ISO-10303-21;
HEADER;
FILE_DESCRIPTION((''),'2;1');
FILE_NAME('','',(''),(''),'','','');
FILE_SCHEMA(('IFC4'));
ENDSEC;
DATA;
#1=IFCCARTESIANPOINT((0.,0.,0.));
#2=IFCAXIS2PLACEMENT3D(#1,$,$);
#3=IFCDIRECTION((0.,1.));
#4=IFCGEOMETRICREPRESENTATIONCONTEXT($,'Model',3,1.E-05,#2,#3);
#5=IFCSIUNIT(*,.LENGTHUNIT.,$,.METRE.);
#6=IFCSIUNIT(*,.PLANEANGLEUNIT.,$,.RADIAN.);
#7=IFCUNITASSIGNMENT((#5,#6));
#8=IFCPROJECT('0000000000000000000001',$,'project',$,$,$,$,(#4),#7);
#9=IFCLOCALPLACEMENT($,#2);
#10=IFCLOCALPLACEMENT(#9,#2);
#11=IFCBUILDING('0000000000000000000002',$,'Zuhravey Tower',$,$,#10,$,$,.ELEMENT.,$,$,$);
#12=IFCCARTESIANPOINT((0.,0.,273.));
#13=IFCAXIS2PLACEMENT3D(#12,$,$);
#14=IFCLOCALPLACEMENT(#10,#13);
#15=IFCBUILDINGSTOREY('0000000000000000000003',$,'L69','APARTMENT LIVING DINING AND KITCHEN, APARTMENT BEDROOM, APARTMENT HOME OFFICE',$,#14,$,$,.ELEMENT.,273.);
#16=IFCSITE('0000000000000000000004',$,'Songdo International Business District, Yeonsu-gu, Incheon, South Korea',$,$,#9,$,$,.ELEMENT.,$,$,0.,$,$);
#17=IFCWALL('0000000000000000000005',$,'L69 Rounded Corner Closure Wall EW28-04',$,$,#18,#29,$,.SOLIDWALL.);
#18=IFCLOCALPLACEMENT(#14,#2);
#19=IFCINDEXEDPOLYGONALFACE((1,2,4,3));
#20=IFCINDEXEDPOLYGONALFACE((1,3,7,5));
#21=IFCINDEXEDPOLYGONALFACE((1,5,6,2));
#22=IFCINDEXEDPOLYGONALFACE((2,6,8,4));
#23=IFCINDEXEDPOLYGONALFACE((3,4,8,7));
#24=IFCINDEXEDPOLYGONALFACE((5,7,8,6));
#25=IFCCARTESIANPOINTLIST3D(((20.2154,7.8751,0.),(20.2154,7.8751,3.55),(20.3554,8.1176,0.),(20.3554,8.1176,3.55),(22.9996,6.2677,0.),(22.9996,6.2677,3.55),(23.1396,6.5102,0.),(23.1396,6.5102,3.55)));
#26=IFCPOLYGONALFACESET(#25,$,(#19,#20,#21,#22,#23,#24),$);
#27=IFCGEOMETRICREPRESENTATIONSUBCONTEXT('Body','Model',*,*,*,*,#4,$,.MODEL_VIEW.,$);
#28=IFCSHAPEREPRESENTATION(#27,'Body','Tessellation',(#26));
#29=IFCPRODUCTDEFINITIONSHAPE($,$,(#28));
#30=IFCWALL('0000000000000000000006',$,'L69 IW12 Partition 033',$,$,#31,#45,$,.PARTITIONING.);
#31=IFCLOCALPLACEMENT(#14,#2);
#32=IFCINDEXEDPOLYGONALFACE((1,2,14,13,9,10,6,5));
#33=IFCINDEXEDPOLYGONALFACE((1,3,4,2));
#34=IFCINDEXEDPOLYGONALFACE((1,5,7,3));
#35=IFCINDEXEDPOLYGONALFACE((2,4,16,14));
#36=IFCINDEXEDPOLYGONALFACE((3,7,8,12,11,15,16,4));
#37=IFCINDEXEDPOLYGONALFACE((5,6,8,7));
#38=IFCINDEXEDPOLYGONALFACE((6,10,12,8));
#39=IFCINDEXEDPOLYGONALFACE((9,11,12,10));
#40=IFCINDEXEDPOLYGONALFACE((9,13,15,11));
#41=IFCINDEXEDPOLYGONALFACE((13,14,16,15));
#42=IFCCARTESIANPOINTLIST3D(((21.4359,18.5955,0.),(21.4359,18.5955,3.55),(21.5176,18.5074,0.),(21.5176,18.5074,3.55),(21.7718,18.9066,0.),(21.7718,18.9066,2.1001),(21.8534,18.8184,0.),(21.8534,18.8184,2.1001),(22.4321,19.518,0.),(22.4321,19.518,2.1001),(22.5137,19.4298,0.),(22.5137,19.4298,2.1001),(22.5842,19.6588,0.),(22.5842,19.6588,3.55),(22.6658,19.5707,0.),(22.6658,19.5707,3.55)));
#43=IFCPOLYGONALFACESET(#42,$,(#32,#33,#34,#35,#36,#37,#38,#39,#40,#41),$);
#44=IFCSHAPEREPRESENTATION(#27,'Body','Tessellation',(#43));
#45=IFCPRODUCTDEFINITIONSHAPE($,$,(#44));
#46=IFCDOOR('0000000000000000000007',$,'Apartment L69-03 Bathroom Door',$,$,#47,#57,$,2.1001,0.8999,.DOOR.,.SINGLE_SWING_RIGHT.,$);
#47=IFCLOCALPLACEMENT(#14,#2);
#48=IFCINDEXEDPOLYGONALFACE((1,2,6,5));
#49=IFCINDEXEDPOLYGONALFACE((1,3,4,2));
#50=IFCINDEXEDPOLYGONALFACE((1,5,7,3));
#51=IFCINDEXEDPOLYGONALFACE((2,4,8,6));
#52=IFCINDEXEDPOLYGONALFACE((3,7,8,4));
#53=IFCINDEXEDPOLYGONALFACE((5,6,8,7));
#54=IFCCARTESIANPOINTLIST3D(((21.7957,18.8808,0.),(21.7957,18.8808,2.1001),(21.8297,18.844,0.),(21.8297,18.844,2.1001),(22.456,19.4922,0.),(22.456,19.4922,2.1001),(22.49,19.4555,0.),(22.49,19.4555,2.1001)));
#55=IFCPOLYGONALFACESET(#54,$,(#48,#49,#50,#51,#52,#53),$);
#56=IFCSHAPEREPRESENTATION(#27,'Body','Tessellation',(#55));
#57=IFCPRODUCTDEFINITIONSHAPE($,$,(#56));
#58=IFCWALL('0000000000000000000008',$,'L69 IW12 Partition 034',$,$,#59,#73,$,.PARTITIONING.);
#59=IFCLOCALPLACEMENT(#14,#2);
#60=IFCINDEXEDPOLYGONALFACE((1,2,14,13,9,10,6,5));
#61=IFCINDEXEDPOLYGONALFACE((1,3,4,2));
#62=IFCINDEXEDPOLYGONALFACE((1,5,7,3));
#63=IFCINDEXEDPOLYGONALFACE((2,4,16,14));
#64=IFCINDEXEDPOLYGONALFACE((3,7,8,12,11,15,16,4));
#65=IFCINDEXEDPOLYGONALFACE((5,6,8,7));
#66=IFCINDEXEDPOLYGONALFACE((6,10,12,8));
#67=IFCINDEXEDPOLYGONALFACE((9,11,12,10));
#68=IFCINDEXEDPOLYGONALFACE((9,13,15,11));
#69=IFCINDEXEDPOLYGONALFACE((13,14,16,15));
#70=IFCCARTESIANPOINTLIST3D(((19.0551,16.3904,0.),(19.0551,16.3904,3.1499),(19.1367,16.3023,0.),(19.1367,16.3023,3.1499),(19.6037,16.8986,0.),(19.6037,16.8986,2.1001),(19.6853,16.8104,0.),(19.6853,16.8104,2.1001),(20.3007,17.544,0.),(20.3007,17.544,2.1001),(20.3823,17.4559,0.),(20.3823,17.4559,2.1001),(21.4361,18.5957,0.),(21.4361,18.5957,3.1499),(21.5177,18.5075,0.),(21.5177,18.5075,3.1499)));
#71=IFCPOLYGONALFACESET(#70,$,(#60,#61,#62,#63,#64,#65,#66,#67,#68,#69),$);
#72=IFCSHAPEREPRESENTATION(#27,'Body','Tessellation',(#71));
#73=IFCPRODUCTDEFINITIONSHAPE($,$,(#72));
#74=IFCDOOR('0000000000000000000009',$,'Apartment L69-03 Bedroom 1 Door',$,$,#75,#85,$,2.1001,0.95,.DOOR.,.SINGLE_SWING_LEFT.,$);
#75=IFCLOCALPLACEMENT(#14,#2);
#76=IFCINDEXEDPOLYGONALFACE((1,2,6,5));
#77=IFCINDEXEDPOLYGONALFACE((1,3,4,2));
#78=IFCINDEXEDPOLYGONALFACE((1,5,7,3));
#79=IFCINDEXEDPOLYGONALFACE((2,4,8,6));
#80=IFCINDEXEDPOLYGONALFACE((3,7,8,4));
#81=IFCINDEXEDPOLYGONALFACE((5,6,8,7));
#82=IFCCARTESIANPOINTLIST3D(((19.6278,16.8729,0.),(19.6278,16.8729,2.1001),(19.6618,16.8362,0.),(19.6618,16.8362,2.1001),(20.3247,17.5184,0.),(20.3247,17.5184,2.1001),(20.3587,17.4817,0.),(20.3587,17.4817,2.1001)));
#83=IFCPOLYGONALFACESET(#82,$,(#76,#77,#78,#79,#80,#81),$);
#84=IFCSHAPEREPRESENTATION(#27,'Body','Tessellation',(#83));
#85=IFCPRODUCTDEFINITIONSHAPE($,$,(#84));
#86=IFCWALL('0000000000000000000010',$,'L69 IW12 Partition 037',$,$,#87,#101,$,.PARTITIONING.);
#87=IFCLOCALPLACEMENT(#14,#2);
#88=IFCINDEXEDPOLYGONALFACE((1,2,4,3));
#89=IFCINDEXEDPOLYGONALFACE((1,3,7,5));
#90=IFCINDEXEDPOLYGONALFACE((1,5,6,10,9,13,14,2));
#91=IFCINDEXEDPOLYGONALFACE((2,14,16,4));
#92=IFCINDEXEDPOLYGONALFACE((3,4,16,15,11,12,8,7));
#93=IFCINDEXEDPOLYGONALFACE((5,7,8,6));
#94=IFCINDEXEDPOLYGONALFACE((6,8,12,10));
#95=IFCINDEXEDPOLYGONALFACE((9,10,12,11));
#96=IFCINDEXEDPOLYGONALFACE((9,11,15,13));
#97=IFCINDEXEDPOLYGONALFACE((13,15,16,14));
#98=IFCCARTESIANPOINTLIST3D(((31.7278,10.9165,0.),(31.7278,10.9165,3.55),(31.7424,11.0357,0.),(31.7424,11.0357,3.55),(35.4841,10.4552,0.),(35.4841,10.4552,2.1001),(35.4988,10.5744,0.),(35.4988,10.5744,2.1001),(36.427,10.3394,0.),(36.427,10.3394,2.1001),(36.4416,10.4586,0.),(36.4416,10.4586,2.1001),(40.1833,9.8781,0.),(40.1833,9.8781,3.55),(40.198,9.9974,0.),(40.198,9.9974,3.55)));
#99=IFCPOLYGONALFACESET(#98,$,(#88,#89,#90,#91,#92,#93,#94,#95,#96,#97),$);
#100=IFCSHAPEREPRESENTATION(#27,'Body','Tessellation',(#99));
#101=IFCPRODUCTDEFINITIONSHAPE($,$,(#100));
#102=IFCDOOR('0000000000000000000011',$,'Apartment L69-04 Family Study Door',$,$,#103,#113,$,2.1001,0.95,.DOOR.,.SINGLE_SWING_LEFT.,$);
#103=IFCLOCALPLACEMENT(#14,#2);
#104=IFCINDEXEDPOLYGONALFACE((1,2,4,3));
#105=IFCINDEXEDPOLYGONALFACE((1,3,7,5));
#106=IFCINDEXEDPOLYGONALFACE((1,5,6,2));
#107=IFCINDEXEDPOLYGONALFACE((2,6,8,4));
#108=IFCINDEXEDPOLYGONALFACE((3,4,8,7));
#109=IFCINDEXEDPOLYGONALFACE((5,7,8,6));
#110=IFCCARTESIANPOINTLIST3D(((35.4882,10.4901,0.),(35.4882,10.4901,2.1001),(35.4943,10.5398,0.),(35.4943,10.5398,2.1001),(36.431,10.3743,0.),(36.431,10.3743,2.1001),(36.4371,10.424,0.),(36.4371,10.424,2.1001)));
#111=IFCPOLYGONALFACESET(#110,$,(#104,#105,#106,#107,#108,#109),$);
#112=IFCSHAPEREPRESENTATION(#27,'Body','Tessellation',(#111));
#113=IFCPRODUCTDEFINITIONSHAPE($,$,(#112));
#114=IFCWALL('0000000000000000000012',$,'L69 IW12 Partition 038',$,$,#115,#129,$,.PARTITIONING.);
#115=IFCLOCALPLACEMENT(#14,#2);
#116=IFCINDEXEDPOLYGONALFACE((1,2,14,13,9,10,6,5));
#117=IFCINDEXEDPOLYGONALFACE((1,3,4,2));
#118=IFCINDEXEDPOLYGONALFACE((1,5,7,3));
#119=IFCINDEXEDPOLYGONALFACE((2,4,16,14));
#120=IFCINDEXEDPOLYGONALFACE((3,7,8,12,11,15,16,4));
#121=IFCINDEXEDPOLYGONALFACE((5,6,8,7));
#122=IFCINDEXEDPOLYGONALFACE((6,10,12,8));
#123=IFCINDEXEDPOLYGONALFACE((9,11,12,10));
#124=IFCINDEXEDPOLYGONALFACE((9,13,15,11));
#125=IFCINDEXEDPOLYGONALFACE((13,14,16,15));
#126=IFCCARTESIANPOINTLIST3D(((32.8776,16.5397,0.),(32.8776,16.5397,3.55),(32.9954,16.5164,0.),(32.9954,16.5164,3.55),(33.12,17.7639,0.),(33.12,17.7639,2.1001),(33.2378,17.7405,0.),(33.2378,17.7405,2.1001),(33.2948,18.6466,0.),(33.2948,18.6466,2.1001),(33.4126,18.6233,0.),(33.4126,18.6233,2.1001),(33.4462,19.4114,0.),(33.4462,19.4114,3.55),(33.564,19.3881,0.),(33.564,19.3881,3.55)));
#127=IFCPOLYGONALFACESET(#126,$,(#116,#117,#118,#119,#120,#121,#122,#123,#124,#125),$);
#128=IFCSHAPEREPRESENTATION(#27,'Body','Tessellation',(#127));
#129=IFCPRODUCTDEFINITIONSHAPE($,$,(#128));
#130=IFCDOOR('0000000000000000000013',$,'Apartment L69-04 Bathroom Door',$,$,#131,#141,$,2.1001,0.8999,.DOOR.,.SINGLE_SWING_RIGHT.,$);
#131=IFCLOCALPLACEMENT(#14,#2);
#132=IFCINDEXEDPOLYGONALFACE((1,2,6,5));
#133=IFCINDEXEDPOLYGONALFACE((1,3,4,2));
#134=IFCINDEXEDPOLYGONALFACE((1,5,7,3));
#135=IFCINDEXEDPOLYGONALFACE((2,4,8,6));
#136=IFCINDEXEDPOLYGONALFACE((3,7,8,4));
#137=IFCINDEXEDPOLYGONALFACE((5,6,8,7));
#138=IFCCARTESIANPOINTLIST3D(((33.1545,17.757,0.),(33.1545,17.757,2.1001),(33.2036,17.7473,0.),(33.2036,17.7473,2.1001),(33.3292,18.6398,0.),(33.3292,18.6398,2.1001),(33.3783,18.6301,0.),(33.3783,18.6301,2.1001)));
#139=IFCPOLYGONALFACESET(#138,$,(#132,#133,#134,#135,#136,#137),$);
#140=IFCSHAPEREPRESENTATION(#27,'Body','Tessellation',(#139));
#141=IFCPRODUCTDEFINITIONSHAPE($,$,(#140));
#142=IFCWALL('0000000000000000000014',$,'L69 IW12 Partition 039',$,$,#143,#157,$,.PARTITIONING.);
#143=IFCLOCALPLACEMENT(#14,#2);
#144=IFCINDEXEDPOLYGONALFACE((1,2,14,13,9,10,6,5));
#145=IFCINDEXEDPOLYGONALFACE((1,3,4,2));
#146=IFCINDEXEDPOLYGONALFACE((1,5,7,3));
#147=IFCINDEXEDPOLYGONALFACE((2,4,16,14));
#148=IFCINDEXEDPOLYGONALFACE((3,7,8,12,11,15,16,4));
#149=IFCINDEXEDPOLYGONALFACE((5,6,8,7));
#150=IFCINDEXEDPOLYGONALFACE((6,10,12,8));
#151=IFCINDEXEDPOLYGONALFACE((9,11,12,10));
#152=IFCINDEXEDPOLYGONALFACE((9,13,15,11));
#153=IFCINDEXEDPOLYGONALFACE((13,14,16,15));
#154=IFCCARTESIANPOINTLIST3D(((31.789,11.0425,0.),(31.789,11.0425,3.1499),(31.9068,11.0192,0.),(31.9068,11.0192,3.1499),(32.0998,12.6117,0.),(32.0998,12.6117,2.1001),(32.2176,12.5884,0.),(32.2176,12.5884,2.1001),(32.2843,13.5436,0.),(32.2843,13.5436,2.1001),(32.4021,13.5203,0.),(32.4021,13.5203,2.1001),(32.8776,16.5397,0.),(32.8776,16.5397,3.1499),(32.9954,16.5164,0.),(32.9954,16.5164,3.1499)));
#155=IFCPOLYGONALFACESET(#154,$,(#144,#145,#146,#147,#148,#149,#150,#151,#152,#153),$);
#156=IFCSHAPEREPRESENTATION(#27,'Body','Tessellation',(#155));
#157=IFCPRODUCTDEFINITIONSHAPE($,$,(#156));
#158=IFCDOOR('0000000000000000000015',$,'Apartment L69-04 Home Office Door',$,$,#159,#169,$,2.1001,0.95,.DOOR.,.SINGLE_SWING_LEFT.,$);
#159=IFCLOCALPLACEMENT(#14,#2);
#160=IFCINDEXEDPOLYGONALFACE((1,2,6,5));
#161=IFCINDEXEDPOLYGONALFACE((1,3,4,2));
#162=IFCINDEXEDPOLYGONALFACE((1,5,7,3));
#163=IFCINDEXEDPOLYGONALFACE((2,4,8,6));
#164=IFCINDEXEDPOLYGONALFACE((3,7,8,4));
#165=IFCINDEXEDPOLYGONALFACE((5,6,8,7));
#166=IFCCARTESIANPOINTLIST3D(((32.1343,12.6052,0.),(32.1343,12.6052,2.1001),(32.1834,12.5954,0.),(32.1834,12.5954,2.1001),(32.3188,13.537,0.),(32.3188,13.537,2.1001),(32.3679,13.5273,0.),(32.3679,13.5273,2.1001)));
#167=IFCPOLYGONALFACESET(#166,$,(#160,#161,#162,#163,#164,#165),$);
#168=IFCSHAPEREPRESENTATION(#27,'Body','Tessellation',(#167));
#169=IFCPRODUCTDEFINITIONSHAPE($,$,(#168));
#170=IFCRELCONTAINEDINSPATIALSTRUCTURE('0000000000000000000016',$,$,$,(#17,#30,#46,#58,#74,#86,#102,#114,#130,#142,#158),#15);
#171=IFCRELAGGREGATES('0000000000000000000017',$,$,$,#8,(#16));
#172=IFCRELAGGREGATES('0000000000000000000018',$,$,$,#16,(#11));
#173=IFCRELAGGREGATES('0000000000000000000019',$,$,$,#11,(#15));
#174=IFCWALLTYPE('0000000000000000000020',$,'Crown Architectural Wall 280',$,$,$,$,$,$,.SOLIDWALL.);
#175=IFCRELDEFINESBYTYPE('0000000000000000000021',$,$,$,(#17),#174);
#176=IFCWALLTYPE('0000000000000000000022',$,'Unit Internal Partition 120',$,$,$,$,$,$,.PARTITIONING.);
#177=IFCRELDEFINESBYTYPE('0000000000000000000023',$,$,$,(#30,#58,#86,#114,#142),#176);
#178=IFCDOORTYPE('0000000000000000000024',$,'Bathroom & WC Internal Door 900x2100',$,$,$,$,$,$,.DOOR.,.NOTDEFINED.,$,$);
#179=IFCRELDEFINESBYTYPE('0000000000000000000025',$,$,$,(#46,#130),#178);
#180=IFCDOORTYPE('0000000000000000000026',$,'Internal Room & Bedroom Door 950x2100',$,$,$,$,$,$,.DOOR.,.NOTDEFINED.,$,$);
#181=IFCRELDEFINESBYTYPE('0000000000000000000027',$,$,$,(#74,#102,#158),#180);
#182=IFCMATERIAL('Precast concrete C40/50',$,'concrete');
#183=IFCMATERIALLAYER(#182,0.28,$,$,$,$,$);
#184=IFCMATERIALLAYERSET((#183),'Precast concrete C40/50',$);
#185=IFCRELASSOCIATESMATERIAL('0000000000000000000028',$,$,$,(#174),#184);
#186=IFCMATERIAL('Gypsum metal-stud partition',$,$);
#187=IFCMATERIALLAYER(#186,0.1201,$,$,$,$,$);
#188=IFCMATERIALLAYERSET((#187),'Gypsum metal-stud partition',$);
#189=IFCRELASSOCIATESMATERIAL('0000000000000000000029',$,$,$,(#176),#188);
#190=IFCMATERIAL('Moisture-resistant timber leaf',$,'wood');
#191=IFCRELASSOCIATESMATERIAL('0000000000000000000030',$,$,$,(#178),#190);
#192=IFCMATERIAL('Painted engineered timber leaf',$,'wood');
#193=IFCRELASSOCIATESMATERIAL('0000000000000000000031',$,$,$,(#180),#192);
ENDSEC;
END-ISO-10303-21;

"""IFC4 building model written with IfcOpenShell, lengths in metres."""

from ifc_helpers import new_model, si_unit, direction, frame, frame_2d, origin, place, context, subcontext, project, spatial, rectangle, extrude, material, layer, layer_set, type_object, element, fill, save


model = new_model("IFC4")

# Units and contexts
model_context = context("Model", 3, precision=1e-05, world=origin(), true_north=direction((0.0, 1.0)))
body_context = subcontext(model_context, "Body", "Model", "MODEL_VIEW")
ifc_project = project(units=[si_unit("LENGTHUNIT", "METRE"), si_unit("PLANEANGLEUNIT", "RADIAN")], contexts=[model_context])

# Site, building, storey
site_placement = place(None, origin())
site = spatial("IfcSite", under=ifc_project, at=site_placement, Name="Songdo International Business District, Yeonsu-gu, Incheon, South Korea", CompositionType="ELEMENT", RefElevation=0.0)
building_placement = place(site_placement, origin())
building = spatial("IfcBuilding", under=site, at=building_placement, Name="Zuhravey Tower", CompositionType="ELEMENT")
storey_placement = place(building_placement, frame((0.0, 0.0, 273.0)))
storey = spatial("IfcBuildingStorey", under=building, at=storey_placement, Name="L69", Description="APARTMENT LIVING DINING AND KITCHEN, APARTMENT BEDROOM, APARTMENT HOME OFFICE", CompositionType="ELEMENT", Elevation=273.0)

# Wall
ifc_material_1 = material(Name="Precast concrete C40/50", Category="concrete")
ifc_layer_1 = layer(ifc_material_1, 0.28)
ifc_layer_set_1 = layer_set([ifc_layer_1], Name="Precast concrete C40/50")
wall_type_1 = type_object("IfcWallType", Name="Crown Architectural Wall 280", PredefinedType="SOLIDWALL", material=ifc_layer_set_1)
wall_1_placement = place(storey_placement, frame((23.0696, 6.3889, 0.0), z_axis=(0.0, 0.0, 1.0), x_axis=(-0.866029, 0.499994, 0.0)))
element("IfcWall", 1, at=wall_1_placement, inside=storey, type_object=wall_type_1, Name="L69 Rounded Corner Closure Wall EW28-04", PredefinedType="SOLIDWALL", context=body_context, shape_type="SweptSolid", body=[
    extrude(rectangle(XDim=3.2148, YDim=0.28, at=frame_2d((1.6074, 0.0))), origin(), (0.0, 0.0, 1.0), 3.55),
])

# Walls, openings, doors
ifc_material_2 = material(Name="Gypsum metal-stud partition")
ifc_layer_2 = layer(ifc_material_2, 0.1201)
ifc_layer_set_2 = layer_set([ifc_layer_2], Name="Gypsum metal-stud partition")
wall_type_2 = type_object("IfcWallType", Name="Unit Internal Partition 120", PredefinedType="PARTITIONING", material=ifc_layer_set_2)
wall_2_placement = place(storey_placement, frame((22.625, 19.6147, 0.0), z_axis=(0.0, 0.0, 1.0), x_axis=(-0.733732, -0.679439, 0.0)))
wall_2 = element("IfcWall", 2, at=wall_2_placement, inside=storey, type_object=wall_type_2, Name="L69 IW12 Partition 033", PredefinedType="PARTITIONING", context=body_context, shape_type="SweptSolid", body=[
    extrude(rectangle(XDim=1.5649, YDim=0.1201, at=frame_2d((0.7825, 0.0))), origin(), (0.0, 0.0, 1.0), 3.55),
])
opening_1_placement = place(wall_2_placement, frame((0.2073, 0.0, 0.0)))
opening_1 = element("IfcOpeningElement", 3, at=opening_1_placement, cuts=wall_2, PredefinedType="OPENING", context=body_context, shape_type="SweptSolid", body=[
    extrude(rectangle(XDim=0.8999, YDim=2.1001, at=frame_2d((0.45, 1.05))), frame((0.0, 0.072, 0.0), z_axis=(0.0, -1.0, 0.0), x_axis=(1.0, 0.0, 0.0)), (0.0, 0.0, 1.0), 0.144),
])
ifc_material_3 = material(Name="Moisture-resistant timber leaf", Category="wood")
door_type_1 = type_object("IfcDoorType", Name="Bathroom & WC Internal Door 900x2100", OperationType="NOTDEFINED", PredefinedType="DOOR", material=ifc_material_3)
door_1_placement = place(opening_1_placement, frame((0.8999, 0.0, 0.0), z_axis=(0.0, 0.0, 1.0), x_axis=(-1.0, 0.0, 0.0)))
door_1 = element("IfcDoor", 4, at=door_1_placement, inside=storey, type_object=door_type_1, Name="Apartment L69-03 Bathroom Door", OperationType="SINGLE_SWING_RIGHT", OverallHeight=2.1001, OverallWidth=0.8999, PredefinedType="DOOR", context=body_context, shape_type="SweptSolid", body=[
    extrude(rectangle(XDim=0.8999, YDim=2.1001, at=frame_2d((0.45, 1.05))), frame((0.0, 0.0249, 0.0), z_axis=(0.0, -1.0, 0.0), x_axis=(1.0, 0.0, 0.0)), (0.0, 0.0, 1.0), 0.05),
])
fill(opening_1, door_1)
wall_3_placement = place(storey_placement, frame((21.4768, 18.5515, 0.0), z_axis=(0.0, 0.0, 1.0), x_axis=(-0.733669, -0.679507, 0.0)))
wall_3 = element("IfcWall", 5, at=wall_3_placement, inside=storey, type_object=wall_type_2, Name="L69 IW12 Partition 034", PredefinedType="PARTITIONING", context=body_context, shape_type="SweptSolid", body=[
    extrude(rectangle(XDim=3.2454, YDim=0.1201, at=frame_2d((1.6226, 0.0))), origin(), (0.0, 0.0, 1.0), 3.1499),
])
opening_2_placement = place(wall_3_placement, frame((1.5474, 0.0, 0.0)))
opening_2 = element("IfcOpeningElement", 6, at=opening_2_placement, cuts=wall_3, PredefinedType="OPENING", context=body_context, shape_type="SweptSolid", body=[
    extrude(rectangle(XDim=0.95, YDim=2.1001, at=frame_2d((0.4751, 1.05))), frame((0.0, 0.072, 0.0), z_axis=(0.0, -1.0, 0.0), x_axis=(1.0, 0.0, 0.0)), (0.0, 0.0, 1.0), 0.144),
])
ifc_material_4 = material(Name="Painted engineered timber leaf", Category="wood")
door_type_2 = type_object("IfcDoorType", Name="Internal Room & Bedroom Door 950x2100", OperationType="NOTDEFINED", PredefinedType="DOOR", material=ifc_material_4)
door_2_placement = place(opening_2_placement, frame((0.95, 0.0, 0.0), z_axis=(0.0, 0.0, 1.0), x_axis=(-1.0, 0.0, 0.0)))
door_2 = element("IfcDoor", 7, at=door_2_placement, inside=storey, type_object=door_type_2, Name="Apartment L69-03 Bedroom 1 Door", OperationType="SINGLE_SWING_LEFT", OverallHeight=2.1001, OverallWidth=0.95, PredefinedType="DOOR", context=body_context, shape_type="SweptSolid", body=[
    extrude(rectangle(XDim=0.95, YDim=2.1001, at=frame_2d((0.4751, 1.05))), frame((0.0, 0.0249, 0.0), z_axis=(0.0, -1.0, 0.0), x_axis=(1.0, 0.0, 0.0)), (0.0, 0.0, 1.0), 0.05),
])
fill(opening_2, door_2)
wall_4_placement = place(storey_placement, frame((31.7351, 10.9761, 0.0), z_axis=(0.0, 0.0, 1.0), x_axis=(0.992544, -0.121883, 0.0)))
wall_4 = element("IfcWall", 8, at=wall_4_placement, inside=storey, type_object=wall_type_2, Name="L69 IW12 Partition 037", PredefinedType="PARTITIONING", context=body_context, shape_type="SweptSolid", body=[
    extrude(rectangle(XDim=8.519, YDim=0.1201, at=frame_2d((4.2595, 0.0))), origin(), (0.0, 0.0, 1.0), 3.55),
])
opening_3_placement = place(wall_4_placement, frame((3.7844, 0.0, 0.0)))
opening_3 = element("IfcOpeningElement", 9, at=opening_3_placement, cuts=wall_4, PredefinedType="OPENING", context=body_context, shape_type="SweptSolid", body=[
    extrude(rectangle(XDim=0.95, YDim=2.1001, at=frame_2d((0.4751, 1.05))), frame((0.0, 0.072, 0.0), z_axis=(0.0, -1.0, 0.0), x_axis=(1.0, 0.0, 0.0)), (0.0, 0.0, 1.0), 0.144),
])
door_3_placement = place(opening_3_placement, frame((0.95, 0.0, 0.0), z_axis=(0.0, 0.0, 1.0), x_axis=(-1.0, 0.0, 0.0)))
door_3 = element("IfcDoor", 10, at=door_3_placement, inside=storey, type_object=door_type_2, Name="Apartment L69-04 Family Study Door", OperationType="SINGLE_SWING_LEFT", OverallHeight=2.1001, OverallWidth=0.95, PredefinedType="DOOR", context=body_context, shape_type="SweptSolid", body=[
    extrude(rectangle(XDim=0.95, YDim=2.1001, at=frame_2d((0.4751, 1.05))), frame((0.0, 0.0249, 0.0), z_axis=(0.0, -1.0, 0.0), x_axis=(1.0, 0.0, 0.0)), (0.0, 0.0, 1.0), 0.05),
])
fill(opening_3, door_3)
wall_5_placement = place(storey_placement, frame((33.5051, 19.3999, 0.0), z_axis=(0.0, 0.0, 1.0), x_axis=(-0.194223, -0.980957, 0.0)))
wall_5 = element("IfcWall", 11, at=wall_5_placement, inside=storey, type_object=wall_type_2, Name="L69 IW12 Partition 038", PredefinedType="PARTITIONING", context=body_context, shape_type="SweptSolid", body=[
    extrude(rectangle(XDim=2.9275, YDim=0.1201, at=frame_2d((1.4639, 0.0))), origin(), (0.0, 0.0, 1.0), 3.55),
])
opening_4_placement = place(wall_5_placement, frame((0.7798, 0.0, 0.0)))
opening_4 = element("IfcOpeningElement", 12, at=opening_4_placement, cuts=wall_5, PredefinedType="OPENING", context=body_context, shape_type="SweptSolid", body=[
    extrude(rectangle(XDim=0.8999, YDim=2.1001, at=frame_2d((0.45, 1.05))), frame((0.0, 0.072, 0.0), z_axis=(0.0, -1.0, 0.0), x_axis=(1.0, 0.0, 0.0)), (0.0, 0.0, 1.0), 0.144),
])
door_4_placement = place(opening_4_placement, frame((0.8999, 0.0, 0.0), z_axis=(0.0, 0.0, 1.0), x_axis=(-1.0, 0.0, 0.0)))
door_4 = element("IfcDoor", 13, at=door_4_placement, inside=storey, type_object=door_type_1, Name="Apartment L69-04 Bathroom Door", OperationType="SINGLE_SWING_RIGHT", OverallHeight=2.1001, OverallWidth=0.8999, PredefinedType="DOOR", context=body_context, shape_type="SweptSolid", body=[
    extrude(rectangle(XDim=0.8999, YDim=2.1001, at=frame_2d((0.45, 1.05))), frame((0.0, 0.0249, 0.0), z_axis=(0.0, -1.0, 0.0), x_axis=(1.0, 0.0, 0.0)), (0.0, 0.0, 1.0), 0.05),
])
fill(opening_4, door_4)
wall_6_placement = place(storey_placement, frame((32.9365, 16.5281, 0.0), z_axis=(0.0, 0.0, 1.0), x_axis=(-0.194256, -0.980951, 0.0)))
wall_6 = element("IfcWall", 14, at=wall_6_placement, inside=storey, type_object=wall_type_2, Name="L69 IW12 Partition 039", PredefinedType="PARTITIONING", context=body_context, shape_type="SweptSolid", body=[
    extrude(rectangle(XDim=5.604, YDim=0.1201, at=frame_2d((2.802, 0.0))), origin(), (0.0, 0.0, 1.0), 3.1499),
])
opening_5_placement = place(wall_6_placement, frame((3.0542, 0.0, 0.0)))
opening_5 = element("IfcOpeningElement", 15, at=opening_5_placement, cuts=wall_6, PredefinedType="OPENING", context=body_context, shape_type="SweptSolid", body=[
    extrude(rectangle(XDim=0.95, YDim=2.1001, at=frame_2d((0.4751, 1.05))), frame((0.0, 0.072, 0.0), z_axis=(0.0, -1.0, 0.0), x_axis=(1.0, 0.0, 0.0)), (0.0, 0.0, 1.0), 0.144),
])
door_5_placement = place(opening_5_placement, frame((0.95, 0.0, 0.0), z_axis=(0.0, 0.0, 1.0), x_axis=(-1.0, 0.0, 0.0)))
door_5 = element("IfcDoor", 16, at=door_5_placement, inside=storey, type_object=door_type_2, Name="Apartment L69-04 Home Office Door", OperationType="SINGLE_SWING_LEFT", OverallHeight=2.1001, OverallWidth=0.95, PredefinedType="DOOR", context=body_context, shape_type="SweptSolid", body=[
    extrude(rectangle(XDim=0.95, YDim=2.1001, at=frame_2d((0.4751, 1.05))), frame((0.0, 0.0249, 0.0), z_axis=(0.0, -1.0, 0.0), x_axis=(1.0, 0.0, 0.0)), (0.0, 0.0, 1.0), 0.05),
])
fill(opening_5, door_5)

save(model, "model.ifc")
